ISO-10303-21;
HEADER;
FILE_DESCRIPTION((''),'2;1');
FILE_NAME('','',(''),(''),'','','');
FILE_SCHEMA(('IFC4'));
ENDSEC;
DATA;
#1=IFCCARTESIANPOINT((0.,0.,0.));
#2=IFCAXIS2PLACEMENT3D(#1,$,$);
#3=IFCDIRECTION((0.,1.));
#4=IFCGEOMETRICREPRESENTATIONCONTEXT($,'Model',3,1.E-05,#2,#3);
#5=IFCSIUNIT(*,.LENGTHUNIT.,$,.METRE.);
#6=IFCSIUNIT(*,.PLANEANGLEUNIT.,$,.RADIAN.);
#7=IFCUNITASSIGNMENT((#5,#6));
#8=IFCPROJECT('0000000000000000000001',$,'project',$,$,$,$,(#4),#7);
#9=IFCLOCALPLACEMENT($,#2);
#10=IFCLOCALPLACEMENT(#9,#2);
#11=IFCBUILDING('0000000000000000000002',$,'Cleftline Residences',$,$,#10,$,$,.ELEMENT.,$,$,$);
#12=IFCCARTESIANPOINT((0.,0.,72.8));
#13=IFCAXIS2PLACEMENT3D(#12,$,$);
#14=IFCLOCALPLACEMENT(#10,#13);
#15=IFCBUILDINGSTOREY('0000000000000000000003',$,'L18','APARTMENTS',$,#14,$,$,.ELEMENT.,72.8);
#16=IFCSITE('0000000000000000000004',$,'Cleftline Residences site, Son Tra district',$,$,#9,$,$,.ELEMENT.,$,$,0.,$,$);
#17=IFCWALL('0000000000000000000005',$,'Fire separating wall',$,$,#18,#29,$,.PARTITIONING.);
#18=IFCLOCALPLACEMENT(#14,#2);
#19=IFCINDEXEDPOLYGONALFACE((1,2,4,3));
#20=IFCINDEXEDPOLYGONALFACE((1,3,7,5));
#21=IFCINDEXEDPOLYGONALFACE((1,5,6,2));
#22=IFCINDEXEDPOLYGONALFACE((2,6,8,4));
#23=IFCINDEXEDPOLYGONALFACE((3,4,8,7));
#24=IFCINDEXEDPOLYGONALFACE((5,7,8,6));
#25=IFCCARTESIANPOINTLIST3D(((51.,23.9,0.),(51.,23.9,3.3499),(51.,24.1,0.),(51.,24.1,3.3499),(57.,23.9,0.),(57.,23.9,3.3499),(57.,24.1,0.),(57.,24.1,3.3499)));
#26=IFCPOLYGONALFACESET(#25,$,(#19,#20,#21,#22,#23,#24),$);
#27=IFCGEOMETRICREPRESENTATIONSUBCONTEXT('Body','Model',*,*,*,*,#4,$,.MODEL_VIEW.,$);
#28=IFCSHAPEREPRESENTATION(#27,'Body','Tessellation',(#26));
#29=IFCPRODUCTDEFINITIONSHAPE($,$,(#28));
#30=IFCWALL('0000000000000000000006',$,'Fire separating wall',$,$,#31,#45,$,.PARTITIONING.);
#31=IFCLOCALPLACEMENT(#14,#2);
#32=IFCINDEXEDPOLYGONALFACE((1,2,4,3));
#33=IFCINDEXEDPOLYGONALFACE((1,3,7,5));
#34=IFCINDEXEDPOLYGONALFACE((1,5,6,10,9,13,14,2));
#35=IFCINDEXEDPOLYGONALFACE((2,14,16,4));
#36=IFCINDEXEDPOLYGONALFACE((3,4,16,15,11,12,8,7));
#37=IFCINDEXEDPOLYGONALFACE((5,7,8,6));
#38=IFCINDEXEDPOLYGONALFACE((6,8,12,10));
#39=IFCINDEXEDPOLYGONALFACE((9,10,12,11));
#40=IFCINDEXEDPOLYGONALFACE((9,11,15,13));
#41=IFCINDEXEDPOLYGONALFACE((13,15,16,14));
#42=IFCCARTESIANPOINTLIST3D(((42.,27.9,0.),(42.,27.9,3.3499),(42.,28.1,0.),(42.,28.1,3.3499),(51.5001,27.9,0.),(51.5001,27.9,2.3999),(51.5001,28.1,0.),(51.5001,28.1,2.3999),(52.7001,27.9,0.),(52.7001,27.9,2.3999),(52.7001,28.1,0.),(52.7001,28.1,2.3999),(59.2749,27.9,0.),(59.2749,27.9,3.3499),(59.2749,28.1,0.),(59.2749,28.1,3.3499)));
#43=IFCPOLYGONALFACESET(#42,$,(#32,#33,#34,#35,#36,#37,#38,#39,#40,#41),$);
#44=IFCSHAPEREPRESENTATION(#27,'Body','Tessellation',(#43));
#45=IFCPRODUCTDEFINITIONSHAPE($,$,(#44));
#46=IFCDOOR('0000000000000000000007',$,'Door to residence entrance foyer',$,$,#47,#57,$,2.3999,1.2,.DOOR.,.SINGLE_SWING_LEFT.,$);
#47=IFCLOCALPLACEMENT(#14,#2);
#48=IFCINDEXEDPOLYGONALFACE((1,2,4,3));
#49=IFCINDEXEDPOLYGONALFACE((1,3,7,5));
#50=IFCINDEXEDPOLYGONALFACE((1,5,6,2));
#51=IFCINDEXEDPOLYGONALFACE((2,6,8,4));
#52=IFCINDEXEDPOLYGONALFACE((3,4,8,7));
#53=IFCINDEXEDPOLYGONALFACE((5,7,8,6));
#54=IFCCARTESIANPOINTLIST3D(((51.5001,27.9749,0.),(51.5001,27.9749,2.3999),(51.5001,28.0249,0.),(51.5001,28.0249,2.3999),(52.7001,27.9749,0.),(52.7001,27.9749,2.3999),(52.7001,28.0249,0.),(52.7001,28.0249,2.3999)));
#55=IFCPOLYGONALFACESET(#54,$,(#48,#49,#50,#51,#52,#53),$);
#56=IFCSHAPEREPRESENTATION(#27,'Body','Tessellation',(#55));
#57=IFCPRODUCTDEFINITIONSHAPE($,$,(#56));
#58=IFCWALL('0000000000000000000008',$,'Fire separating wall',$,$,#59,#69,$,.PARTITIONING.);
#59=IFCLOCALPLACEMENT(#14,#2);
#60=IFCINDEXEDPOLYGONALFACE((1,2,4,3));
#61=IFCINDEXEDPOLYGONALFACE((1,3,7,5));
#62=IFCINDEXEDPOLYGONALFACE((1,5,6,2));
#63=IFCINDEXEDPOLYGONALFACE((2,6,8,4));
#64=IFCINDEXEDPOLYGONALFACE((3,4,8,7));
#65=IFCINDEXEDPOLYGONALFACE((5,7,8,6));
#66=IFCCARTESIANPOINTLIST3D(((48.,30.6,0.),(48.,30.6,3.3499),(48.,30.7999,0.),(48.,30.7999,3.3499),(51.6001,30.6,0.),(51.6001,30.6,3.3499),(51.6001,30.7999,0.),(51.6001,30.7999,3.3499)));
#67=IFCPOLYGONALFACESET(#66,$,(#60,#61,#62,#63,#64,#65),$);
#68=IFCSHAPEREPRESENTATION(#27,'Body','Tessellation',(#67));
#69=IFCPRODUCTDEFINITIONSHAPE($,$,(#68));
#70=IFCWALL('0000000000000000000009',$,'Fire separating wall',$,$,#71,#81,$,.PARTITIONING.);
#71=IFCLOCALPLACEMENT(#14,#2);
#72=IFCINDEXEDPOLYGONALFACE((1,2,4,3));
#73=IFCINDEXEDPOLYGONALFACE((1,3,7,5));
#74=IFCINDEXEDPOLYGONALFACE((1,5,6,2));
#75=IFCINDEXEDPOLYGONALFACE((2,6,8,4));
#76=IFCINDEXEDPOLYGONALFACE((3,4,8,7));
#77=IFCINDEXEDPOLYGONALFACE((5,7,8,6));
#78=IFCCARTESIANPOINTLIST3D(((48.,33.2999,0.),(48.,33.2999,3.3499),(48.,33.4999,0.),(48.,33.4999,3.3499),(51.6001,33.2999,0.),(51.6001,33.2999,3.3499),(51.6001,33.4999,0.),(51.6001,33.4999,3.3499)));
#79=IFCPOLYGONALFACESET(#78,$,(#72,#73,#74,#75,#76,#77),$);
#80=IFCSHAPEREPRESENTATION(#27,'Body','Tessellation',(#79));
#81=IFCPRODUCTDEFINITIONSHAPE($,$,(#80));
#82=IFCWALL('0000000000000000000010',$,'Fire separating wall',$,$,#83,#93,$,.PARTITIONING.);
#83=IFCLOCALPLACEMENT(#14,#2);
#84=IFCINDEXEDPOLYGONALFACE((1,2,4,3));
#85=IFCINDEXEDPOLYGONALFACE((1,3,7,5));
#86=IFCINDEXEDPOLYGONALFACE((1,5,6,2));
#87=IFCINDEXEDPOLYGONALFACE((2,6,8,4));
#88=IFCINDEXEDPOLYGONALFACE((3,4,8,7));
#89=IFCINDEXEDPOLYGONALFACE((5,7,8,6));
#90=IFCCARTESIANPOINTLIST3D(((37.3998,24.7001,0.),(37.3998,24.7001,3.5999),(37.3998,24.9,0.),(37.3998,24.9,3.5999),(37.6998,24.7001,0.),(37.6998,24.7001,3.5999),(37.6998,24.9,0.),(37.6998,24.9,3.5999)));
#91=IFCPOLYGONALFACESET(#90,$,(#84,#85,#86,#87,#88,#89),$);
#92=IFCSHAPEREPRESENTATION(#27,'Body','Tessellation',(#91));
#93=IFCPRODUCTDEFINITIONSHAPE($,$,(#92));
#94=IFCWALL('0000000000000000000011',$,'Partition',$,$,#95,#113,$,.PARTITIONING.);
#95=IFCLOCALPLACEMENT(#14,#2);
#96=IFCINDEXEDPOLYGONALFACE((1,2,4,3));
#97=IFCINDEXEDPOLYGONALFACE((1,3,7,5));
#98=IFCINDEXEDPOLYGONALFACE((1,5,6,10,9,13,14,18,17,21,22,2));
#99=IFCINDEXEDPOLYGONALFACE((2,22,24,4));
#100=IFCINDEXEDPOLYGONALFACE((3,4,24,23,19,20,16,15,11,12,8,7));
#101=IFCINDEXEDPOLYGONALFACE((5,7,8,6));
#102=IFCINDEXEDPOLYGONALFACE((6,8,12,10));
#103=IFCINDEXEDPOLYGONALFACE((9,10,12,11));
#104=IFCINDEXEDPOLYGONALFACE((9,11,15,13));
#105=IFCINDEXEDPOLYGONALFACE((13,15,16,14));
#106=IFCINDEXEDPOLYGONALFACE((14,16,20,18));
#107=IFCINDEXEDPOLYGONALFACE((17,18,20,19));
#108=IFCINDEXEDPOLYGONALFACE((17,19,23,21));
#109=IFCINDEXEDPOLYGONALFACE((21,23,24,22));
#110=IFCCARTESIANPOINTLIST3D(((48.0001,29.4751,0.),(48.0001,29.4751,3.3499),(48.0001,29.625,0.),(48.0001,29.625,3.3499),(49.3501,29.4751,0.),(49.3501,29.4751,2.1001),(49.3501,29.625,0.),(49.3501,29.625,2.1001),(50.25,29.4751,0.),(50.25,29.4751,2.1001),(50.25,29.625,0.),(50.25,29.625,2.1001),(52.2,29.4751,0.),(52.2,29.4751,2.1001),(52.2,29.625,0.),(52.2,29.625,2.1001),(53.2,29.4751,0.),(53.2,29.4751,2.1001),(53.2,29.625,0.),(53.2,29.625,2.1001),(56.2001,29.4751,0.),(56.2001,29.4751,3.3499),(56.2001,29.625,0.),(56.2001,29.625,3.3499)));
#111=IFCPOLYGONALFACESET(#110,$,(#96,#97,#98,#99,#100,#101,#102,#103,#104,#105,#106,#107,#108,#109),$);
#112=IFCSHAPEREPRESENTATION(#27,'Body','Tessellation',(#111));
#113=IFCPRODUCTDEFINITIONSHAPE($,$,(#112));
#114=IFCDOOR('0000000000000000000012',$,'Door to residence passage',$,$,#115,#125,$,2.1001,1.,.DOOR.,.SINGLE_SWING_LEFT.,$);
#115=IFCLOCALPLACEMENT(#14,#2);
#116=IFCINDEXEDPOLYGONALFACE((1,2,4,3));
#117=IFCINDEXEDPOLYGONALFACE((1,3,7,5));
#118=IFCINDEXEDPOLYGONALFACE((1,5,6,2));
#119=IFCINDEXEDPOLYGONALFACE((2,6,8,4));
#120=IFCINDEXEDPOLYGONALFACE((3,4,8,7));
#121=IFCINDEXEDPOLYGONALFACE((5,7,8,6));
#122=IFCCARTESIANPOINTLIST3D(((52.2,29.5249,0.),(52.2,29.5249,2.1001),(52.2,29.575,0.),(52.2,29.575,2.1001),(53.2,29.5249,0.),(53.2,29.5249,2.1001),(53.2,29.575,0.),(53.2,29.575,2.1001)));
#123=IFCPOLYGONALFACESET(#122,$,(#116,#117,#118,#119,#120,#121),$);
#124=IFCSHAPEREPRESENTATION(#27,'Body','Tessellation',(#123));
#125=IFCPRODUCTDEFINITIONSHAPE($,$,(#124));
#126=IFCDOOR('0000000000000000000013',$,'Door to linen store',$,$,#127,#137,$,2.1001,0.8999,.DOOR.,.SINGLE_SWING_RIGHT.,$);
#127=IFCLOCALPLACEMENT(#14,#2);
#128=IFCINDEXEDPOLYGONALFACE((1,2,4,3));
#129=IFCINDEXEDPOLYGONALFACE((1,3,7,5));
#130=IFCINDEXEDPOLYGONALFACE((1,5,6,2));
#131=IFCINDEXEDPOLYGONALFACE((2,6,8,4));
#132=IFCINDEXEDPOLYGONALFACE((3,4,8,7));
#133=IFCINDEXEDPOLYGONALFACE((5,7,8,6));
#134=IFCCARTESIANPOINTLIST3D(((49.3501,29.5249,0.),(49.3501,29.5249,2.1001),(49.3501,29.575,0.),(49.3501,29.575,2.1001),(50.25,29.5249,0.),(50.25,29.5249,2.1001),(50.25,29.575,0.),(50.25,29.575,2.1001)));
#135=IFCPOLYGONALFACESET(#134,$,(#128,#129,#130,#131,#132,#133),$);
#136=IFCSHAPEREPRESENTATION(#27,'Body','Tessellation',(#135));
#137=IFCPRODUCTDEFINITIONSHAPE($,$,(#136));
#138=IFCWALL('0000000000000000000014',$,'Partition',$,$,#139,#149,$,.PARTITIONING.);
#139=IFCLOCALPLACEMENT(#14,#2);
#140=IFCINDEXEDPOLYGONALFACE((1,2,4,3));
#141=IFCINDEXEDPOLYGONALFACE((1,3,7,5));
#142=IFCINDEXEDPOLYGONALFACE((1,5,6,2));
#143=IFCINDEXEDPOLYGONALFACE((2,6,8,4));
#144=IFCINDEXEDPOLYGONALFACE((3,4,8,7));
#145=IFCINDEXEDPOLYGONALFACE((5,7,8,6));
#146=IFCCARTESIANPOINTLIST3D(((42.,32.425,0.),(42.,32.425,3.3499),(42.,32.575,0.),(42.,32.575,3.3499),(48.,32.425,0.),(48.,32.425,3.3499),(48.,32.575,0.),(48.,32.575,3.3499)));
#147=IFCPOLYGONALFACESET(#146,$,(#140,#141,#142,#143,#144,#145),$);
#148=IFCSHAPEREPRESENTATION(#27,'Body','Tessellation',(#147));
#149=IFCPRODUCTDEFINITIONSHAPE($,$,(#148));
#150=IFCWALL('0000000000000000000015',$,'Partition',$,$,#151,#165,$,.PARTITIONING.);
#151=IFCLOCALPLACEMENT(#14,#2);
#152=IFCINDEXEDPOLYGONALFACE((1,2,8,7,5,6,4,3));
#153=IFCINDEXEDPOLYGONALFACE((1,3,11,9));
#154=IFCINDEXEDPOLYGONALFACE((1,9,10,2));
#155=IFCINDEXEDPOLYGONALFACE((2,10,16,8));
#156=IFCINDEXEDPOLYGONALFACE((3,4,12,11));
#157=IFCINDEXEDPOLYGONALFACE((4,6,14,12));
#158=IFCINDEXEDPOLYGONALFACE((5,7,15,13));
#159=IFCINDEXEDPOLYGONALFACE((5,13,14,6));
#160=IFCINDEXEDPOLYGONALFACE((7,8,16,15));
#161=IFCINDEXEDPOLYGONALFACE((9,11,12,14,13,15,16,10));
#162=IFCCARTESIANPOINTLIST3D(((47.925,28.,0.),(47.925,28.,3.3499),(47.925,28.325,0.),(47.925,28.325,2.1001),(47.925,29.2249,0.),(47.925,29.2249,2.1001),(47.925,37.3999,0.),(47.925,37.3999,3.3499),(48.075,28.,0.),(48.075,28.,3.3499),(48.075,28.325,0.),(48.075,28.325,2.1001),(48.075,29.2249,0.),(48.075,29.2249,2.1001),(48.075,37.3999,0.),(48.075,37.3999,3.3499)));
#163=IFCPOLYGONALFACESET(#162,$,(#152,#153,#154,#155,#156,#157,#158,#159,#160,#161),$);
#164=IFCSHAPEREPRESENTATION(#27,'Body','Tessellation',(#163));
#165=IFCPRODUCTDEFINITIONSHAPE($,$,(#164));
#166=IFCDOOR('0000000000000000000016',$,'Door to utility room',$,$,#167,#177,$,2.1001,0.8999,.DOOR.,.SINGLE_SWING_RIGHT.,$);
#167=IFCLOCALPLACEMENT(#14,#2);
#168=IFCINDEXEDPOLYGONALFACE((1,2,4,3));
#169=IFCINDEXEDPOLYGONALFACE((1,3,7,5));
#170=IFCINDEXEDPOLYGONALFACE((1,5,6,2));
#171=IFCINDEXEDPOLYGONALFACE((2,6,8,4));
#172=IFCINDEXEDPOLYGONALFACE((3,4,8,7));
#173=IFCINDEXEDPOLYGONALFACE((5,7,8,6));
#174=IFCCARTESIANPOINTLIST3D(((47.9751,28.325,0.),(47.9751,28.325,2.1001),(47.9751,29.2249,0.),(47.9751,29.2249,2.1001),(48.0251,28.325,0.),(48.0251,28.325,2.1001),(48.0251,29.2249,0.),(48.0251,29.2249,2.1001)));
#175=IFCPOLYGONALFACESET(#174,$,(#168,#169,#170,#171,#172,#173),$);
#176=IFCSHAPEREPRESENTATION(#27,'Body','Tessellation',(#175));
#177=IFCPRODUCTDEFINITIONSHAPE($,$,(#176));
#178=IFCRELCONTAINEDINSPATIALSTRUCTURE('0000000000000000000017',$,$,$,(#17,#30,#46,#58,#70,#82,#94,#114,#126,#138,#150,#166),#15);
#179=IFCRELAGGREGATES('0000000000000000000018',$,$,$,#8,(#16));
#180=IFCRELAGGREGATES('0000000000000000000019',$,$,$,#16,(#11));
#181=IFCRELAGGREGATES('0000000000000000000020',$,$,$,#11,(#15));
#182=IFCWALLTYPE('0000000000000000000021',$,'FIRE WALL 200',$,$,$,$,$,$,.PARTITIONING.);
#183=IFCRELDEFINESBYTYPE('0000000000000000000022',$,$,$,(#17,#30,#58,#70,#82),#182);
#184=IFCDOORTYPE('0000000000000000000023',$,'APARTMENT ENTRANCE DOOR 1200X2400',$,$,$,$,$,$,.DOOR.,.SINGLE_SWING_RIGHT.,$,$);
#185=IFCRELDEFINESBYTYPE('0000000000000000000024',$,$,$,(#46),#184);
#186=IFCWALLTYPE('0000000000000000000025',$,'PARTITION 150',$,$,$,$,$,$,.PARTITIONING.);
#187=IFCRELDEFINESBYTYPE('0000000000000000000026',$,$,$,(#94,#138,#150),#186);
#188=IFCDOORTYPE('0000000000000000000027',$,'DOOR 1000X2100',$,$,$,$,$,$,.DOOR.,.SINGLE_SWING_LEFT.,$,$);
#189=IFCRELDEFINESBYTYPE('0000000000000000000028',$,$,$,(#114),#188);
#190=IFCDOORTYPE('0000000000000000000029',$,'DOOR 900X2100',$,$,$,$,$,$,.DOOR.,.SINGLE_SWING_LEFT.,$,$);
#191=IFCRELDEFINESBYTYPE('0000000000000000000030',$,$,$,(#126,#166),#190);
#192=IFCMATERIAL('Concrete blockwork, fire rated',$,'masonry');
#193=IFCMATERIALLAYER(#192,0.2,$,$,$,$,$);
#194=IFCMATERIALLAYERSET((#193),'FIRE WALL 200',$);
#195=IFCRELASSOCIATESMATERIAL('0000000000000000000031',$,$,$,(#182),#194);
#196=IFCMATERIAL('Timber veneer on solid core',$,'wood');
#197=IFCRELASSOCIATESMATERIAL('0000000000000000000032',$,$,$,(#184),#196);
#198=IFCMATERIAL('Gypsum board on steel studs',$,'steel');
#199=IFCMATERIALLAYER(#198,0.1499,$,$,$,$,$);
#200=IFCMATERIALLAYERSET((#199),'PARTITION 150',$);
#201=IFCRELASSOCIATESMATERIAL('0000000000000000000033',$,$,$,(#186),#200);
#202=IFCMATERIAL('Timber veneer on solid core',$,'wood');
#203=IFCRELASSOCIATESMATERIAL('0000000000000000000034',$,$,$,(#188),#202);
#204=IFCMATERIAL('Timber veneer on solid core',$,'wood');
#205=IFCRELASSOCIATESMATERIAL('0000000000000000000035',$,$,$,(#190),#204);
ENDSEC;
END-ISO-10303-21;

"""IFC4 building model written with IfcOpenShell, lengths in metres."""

from ifc_helpers import new_model, si_unit, direction, frame, frame_2d, origin, place, context, subcontext, project, spatial, rectangle, extrude, material, layer, layer_set, type_object, element, fill, save


model = new_model("IFC4")

# Units and contexts
model_context = context("Model", 3, precision=1e-05, world=origin(), true_north=direction((0.0, 1.0)))
body_context = subcontext(model_context, "Body", "Model", "MODEL_VIEW")
ifc_project = project(units=[si_unit("LENGTHUNIT", "METRE"), si_unit("PLANEANGLEUNIT", "RADIAN")], contexts=[model_context])

# Site, building, storey
site_placement = place(None, origin())
site = spatial("IfcSite", under=ifc_project, at=site_placement, Name="Cleftline Residences site, Son Tra district", CompositionType="ELEMENT", RefElevation=0.0)
building_placement = place(site_placement, origin())
building = spatial("IfcBuilding", under=site, at=building_placement, Name="Cleftline Residences", CompositionType="ELEMENT")
storey_placement = place(building_placement, frame((0.0, 0.0, 72.8)))
storey = spatial("IfcBuildingStorey", under=building, at=storey_placement, Name="L18", Description="APARTMENTS", CompositionType="ELEMENT", Elevation=72.8)

# Wall
ifc_material_1 = material(Name="Concrete blockwork, fire rated", Category="masonry")
ifc_layer_1 = layer(ifc_material_1, 0.2)
ifc_layer_set_1 = layer_set([ifc_layer_1], Name="FIRE WALL 200")
wall_type_1 = type_object("IfcWallType", Name="FIRE WALL 200", PredefinedType="PARTITIONING", material=ifc_layer_set_1)
wall_1_placement = place(storey_placement, frame((51.0, 24.0, 0.0), z_axis=(0.0, 0.0, 1.0), x_axis=(1.0, 0.0, 0.0)))
element("IfcWall", 1, at=wall_1_placement, inside=storey, type_object=wall_type_1, Name="Fire separating wall", PredefinedType="PARTITIONING", context=body_context, shape_type="SweptSolid", body=[
    extrude(rectangle(XDim=6.0, YDim=0.2, at=frame_2d((3.0, 0.0))), origin(), (0.0, 0.0, 1.0), 3.3499),
])

# Wall, opening, door
wall_2_placement = place(storey_placement, frame((42.0, 28.0, 0.0), z_axis=(0.0, 0.0, 1.0), x_axis=(1.0, 0.0, 0.0)))
wall_2 = element("IfcWall", 2, at=wall_2_placement, inside=storey, type_object=wall_type_1, Name="Fire separating wall", PredefinedType="PARTITIONING", context=body_context, shape_type="SweptSolid", body=[
    extrude(rectangle(XDim=17.2749, YDim=0.2, at=frame_2d((8.6375, 0.0))), origin(), (0.0, 0.0, 1.0), 3.3499),
])
opening_1_placement = place(wall_2_placement, frame((9.5, 0.0, 0.0)))
opening_1 = element("IfcOpeningElement", 3, at=opening_1_placement, cuts=wall_2, PredefinedType="OPENING", context=body_context, shape_type="SweptSolid", body=[
    extrude(rectangle(XDim=1.2, YDim=2.3999, at=frame_2d((0.6001, 1.2))), frame((0.0, 0.1099, 0.0), z_axis=(0.0, -1.0, 0.0), x_axis=(1.0, 0.0, 0.0)), (0.0, 0.0, 1.0), 0.22),
])
ifc_material_2 = material(Name="Timber veneer on solid core", Category="wood")
door_type_1 = type_object("IfcDoorType", Name="APARTMENT ENTRANCE DOOR 1200X2400", OperationType="SINGLE_SWING_RIGHT", PredefinedType="DOOR", material=ifc_material_2)
door_1_placement = place(opening_1_placement, origin())
door_1 = element("IfcDoor", 4, at=door_1_placement, inside=storey, type_object=door_type_1, Name="Door to residence entrance foyer", OperationType="SINGLE_SWING_LEFT", OverallHeight=2.3999, OverallWidth=1.2, PredefinedType="DOOR", context=body_context, shape_type="SweptSolid", body=[
    extrude(rectangle(XDim=1.2, YDim=2.3999, at=frame_2d((0.6001, 1.2))), frame((0.0, 0.0249, 0.0), z_axis=(0.0, -1.0, 0.0), x_axis=(1.0, 0.0, 0.0)), (0.0, 0.0, 1.0), 0.05),
])
fill(opening_1, door_1)

# Walls
for number, where, z_axis, x_axis, name in (
    (5, (48.0, 30.7, 0.0), (0.0, 0.0, 1.0), (1.0, 0.0, 0.0), "Fire separating wall"),
    (6, (48.0, 33.3999, 0.0), (0.0, 0.0, 1.0), (1.0, 0.0, 0.0), "Fire separating wall"),
):
    element("IfcWall", number, at=place(storey_placement, frame(where, z_axis=z_axis, x_axis=x_axis)), inside=storey, type_object=wall_type_1, Name=name, PredefinedType="PARTITIONING", context=body_context, shape_type="SweptSolid", body=[
        extrude(rectangle(XDim=3.6001, YDim=0.2, at=frame_2d((1.8, 0.0))), origin(), (0.0, 0.0, 1.0), 3.3499),
    ])
wall_3_placement = place(storey_placement, frame((37.3999, 24.8, 0.0), z_axis=(0.0, 0.0, 1.0), x_axis=(1.0, 0.0, 0.0)))
element("IfcWall", 7, at=wall_3_placement, inside=storey, type_object=wall_type_1, Name="Fire separating wall", PredefinedType="PARTITIONING", context=body_context, shape_type="SweptSolid", body=[
    extrude(rectangle(XDim=0.3, YDim=0.2, at=frame_2d((0.1499, 0.0))), origin(), (0.0, 0.0, 1.0), 3.5999),
])

# Wall, openings, doors
ifc_material_3 = material(Name="Gypsum board on steel studs", Category="steel")
ifc_layer_2 = layer(ifc_material_3, 0.1499)
ifc_layer_set_2 = layer_set([ifc_layer_2], Name="PARTITION 150")
wall_type_2 = type_object("IfcWallType", Name="PARTITION 150", PredefinedType="PARTITIONING", material=ifc_layer_set_2)
wall_4_placement = place(storey_placement, frame((48.0, 29.55, 0.0), z_axis=(0.0, 0.0, 1.0), x_axis=(1.0, 0.0, 0.0)))
wall_4 = element("IfcWall", 8, at=wall_4_placement, inside=storey, type_object=wall_type_2, Name="Partition", PredefinedType="PARTITIONING", context=body_context, shape_type="SweptSolid", body=[
    extrude(rectangle(XDim=8.2, YDim=0.1499, at=frame_2d((4.1001, 0.0))), origin(), (0.0, 0.0, 1.0), 3.3499),
])
opening_2_placement = place(wall_4_placement, frame((4.2, 0.0, 0.0)))
opening_2 = element("IfcOpeningElement", 9, at=opening_2_placement, cuts=wall_4, PredefinedType="OPENING", context=body_context, shape_type="SweptSolid", body=[
    extrude(rectangle(XDim=1.0, YDim=2.1001, at=frame_2d((0.5, 1.05))), frame((0.0, 0.085, 0.0), z_axis=(0.0, -1.0, 0.0), x_axis=(1.0, 0.0, 0.0)), (0.0, 0.0, 1.0), 0.1699),
])
opening_3_placement = place(wall_4_placement, frame((1.3501, 0.0, 0.0)))
opening_3 = element("IfcOpeningElement", 10, at=opening_3_placement, cuts=wall_4, PredefinedType="OPENING", context=body_context, shape_type="SweptSolid", body=[
    extrude(rectangle(XDim=0.8999, YDim=2.1001, at=frame_2d((0.45, 1.05))), frame((0.0, 0.085, 0.0), z_axis=(0.0, -1.0, 0.0), x_axis=(1.0, 0.0, 0.0)), (0.0, 0.0, 1.0), 0.1699),
])
ifc_material_4 = material(Name="Timber veneer on solid core", Category="wood")
door_type_2 = type_object("IfcDoorType", Name="DOOR 1000X2100", OperationType="SINGLE_SWING_LEFT", PredefinedType="DOOR", material=ifc_material_4)
door_2_placement = place(opening_2_placement, origin())
door_2 = element("IfcDoor", 11, at=door_2_placement, inside=storey, type_object=door_type_2, Name="Door to residence passage", OperationType="SINGLE_SWING_LEFT", OverallHeight=2.1001, OverallWidth=1.0, PredefinedType="DOOR", context=body_context, shape_type="SweptSolid", body=[
    extrude(rectangle(XDim=1.0, YDim=2.1001, at=frame_2d((0.5, 1.05))), frame((0.0, 0.0249, 0.0), z_axis=(0.0, -1.0, 0.0), x_axis=(1.0, 0.0, 0.0)), (0.0, 0.0, 1.0), 0.05),
])
fill(opening_2, door_2)
ifc_material_5 = material(Name="Timber veneer on solid core", Category="wood")
door_type_3 = type_object("IfcDoorType", Name="DOOR 900X2100", OperationType="SINGLE_SWING_LEFT", PredefinedType="DOOR", material=ifc_material_5)
door_3_placement = place(opening_3_placement, origin())
door_3 = element("IfcDoor", 12, at=door_3_placement, inside=storey, type_object=door_type_3, Name="Door to linen store", OperationType="SINGLE_SWING_RIGHT", OverallHeight=2.1001, OverallWidth=0.8999, PredefinedType="DOOR", context=body_context, shape_type="SweptSolid", body=[
    extrude(rectangle(XDim=0.8999, YDim=2.1001, at=frame_2d((0.45, 1.05))), frame((0.0, 0.0249, 0.0), z_axis=(0.0, -1.0, 0.0), x_axis=(1.0, 0.0, 0.0)), (0.0, 0.0, 1.0), 0.05),
])
fill(opening_3, door_3)

# Wall
wall_5_placement = place(storey_placement, frame((42.0, 32.5, 0.0), z_axis=(0.0, 0.0, 1.0), x_axis=(1.0, 0.0, 0.0)))
element("IfcWall", 13, at=wall_5_placement, inside=storey, type_object=wall_type_2, Name="Partition", PredefinedType="PARTITIONING", context=body_context, shape_type="SweptSolid", body=[
    extrude(rectangle(XDim=6.0, YDim=0.1499, at=frame_2d((3.0, 0.0))), origin(), (0.0, 0.0, 1.0), 3.3499),
])

# Wall, opening, door
wall_6_placement = place(storey_placement, frame((48.0, 28.0, 0.0), z_axis=(0.0, 0.0, 1.0), x_axis=(0.0, 1.0, 0.0)))
wall_6 = element("IfcWall", 14, at=wall_6_placement, inside=storey, type_object=wall_type_2, Name="Partition", PredefinedType="PARTITIONING", context=body_context, shape_type="SweptSolid", body=[
    extrude(rectangle(XDim=9.3999, YDim=0.1499, at=frame_2d((4.7, 0.0))), origin(), (0.0, 0.0, 1.0), 3.3499),
])
opening_4_placement = place(wall_6_placement, frame((0.325, 0.0, 0.0)))
opening_4 = element("IfcOpeningElement", 15, at=opening_4_placement, cuts=wall_6, PredefinedType="OPENING", context=body_context, shape_type="SweptSolid", body=[
    extrude(rectangle(XDim=0.8999, YDim=2.1001, at=frame_2d((0.45, 1.05))), frame((0.0, 0.085, 0.0), z_axis=(0.0, -1.0, 0.0), x_axis=(1.0, 0.0, 0.0)), (0.0, 0.0, 1.0), 0.1699),
])
door_4_placement = place(opening_4_placement, origin())
door_4 = element("IfcDoor", 16, at=door_4_placement, inside=storey, type_object=door_type_3, Name="Door to utility room", OperationType="SINGLE_SWING_RIGHT", OverallHeight=2.1001, OverallWidth=0.8999, PredefinedType="DOOR", context=body_context, shape_type="SweptSolid", body=[
    extrude(rectangle(XDim=0.8999, YDim=2.1001, at=frame_2d((0.45, 1.05))), frame((0.0, 0.0249, 0.0), z_axis=(0.0, -1.0, 0.0), x_axis=(1.0, 0.0, 0.0)), (0.0, 0.0, 1.0), 0.05),
])
fill(opening_4, door_4)

save(model, "model.ifc")
